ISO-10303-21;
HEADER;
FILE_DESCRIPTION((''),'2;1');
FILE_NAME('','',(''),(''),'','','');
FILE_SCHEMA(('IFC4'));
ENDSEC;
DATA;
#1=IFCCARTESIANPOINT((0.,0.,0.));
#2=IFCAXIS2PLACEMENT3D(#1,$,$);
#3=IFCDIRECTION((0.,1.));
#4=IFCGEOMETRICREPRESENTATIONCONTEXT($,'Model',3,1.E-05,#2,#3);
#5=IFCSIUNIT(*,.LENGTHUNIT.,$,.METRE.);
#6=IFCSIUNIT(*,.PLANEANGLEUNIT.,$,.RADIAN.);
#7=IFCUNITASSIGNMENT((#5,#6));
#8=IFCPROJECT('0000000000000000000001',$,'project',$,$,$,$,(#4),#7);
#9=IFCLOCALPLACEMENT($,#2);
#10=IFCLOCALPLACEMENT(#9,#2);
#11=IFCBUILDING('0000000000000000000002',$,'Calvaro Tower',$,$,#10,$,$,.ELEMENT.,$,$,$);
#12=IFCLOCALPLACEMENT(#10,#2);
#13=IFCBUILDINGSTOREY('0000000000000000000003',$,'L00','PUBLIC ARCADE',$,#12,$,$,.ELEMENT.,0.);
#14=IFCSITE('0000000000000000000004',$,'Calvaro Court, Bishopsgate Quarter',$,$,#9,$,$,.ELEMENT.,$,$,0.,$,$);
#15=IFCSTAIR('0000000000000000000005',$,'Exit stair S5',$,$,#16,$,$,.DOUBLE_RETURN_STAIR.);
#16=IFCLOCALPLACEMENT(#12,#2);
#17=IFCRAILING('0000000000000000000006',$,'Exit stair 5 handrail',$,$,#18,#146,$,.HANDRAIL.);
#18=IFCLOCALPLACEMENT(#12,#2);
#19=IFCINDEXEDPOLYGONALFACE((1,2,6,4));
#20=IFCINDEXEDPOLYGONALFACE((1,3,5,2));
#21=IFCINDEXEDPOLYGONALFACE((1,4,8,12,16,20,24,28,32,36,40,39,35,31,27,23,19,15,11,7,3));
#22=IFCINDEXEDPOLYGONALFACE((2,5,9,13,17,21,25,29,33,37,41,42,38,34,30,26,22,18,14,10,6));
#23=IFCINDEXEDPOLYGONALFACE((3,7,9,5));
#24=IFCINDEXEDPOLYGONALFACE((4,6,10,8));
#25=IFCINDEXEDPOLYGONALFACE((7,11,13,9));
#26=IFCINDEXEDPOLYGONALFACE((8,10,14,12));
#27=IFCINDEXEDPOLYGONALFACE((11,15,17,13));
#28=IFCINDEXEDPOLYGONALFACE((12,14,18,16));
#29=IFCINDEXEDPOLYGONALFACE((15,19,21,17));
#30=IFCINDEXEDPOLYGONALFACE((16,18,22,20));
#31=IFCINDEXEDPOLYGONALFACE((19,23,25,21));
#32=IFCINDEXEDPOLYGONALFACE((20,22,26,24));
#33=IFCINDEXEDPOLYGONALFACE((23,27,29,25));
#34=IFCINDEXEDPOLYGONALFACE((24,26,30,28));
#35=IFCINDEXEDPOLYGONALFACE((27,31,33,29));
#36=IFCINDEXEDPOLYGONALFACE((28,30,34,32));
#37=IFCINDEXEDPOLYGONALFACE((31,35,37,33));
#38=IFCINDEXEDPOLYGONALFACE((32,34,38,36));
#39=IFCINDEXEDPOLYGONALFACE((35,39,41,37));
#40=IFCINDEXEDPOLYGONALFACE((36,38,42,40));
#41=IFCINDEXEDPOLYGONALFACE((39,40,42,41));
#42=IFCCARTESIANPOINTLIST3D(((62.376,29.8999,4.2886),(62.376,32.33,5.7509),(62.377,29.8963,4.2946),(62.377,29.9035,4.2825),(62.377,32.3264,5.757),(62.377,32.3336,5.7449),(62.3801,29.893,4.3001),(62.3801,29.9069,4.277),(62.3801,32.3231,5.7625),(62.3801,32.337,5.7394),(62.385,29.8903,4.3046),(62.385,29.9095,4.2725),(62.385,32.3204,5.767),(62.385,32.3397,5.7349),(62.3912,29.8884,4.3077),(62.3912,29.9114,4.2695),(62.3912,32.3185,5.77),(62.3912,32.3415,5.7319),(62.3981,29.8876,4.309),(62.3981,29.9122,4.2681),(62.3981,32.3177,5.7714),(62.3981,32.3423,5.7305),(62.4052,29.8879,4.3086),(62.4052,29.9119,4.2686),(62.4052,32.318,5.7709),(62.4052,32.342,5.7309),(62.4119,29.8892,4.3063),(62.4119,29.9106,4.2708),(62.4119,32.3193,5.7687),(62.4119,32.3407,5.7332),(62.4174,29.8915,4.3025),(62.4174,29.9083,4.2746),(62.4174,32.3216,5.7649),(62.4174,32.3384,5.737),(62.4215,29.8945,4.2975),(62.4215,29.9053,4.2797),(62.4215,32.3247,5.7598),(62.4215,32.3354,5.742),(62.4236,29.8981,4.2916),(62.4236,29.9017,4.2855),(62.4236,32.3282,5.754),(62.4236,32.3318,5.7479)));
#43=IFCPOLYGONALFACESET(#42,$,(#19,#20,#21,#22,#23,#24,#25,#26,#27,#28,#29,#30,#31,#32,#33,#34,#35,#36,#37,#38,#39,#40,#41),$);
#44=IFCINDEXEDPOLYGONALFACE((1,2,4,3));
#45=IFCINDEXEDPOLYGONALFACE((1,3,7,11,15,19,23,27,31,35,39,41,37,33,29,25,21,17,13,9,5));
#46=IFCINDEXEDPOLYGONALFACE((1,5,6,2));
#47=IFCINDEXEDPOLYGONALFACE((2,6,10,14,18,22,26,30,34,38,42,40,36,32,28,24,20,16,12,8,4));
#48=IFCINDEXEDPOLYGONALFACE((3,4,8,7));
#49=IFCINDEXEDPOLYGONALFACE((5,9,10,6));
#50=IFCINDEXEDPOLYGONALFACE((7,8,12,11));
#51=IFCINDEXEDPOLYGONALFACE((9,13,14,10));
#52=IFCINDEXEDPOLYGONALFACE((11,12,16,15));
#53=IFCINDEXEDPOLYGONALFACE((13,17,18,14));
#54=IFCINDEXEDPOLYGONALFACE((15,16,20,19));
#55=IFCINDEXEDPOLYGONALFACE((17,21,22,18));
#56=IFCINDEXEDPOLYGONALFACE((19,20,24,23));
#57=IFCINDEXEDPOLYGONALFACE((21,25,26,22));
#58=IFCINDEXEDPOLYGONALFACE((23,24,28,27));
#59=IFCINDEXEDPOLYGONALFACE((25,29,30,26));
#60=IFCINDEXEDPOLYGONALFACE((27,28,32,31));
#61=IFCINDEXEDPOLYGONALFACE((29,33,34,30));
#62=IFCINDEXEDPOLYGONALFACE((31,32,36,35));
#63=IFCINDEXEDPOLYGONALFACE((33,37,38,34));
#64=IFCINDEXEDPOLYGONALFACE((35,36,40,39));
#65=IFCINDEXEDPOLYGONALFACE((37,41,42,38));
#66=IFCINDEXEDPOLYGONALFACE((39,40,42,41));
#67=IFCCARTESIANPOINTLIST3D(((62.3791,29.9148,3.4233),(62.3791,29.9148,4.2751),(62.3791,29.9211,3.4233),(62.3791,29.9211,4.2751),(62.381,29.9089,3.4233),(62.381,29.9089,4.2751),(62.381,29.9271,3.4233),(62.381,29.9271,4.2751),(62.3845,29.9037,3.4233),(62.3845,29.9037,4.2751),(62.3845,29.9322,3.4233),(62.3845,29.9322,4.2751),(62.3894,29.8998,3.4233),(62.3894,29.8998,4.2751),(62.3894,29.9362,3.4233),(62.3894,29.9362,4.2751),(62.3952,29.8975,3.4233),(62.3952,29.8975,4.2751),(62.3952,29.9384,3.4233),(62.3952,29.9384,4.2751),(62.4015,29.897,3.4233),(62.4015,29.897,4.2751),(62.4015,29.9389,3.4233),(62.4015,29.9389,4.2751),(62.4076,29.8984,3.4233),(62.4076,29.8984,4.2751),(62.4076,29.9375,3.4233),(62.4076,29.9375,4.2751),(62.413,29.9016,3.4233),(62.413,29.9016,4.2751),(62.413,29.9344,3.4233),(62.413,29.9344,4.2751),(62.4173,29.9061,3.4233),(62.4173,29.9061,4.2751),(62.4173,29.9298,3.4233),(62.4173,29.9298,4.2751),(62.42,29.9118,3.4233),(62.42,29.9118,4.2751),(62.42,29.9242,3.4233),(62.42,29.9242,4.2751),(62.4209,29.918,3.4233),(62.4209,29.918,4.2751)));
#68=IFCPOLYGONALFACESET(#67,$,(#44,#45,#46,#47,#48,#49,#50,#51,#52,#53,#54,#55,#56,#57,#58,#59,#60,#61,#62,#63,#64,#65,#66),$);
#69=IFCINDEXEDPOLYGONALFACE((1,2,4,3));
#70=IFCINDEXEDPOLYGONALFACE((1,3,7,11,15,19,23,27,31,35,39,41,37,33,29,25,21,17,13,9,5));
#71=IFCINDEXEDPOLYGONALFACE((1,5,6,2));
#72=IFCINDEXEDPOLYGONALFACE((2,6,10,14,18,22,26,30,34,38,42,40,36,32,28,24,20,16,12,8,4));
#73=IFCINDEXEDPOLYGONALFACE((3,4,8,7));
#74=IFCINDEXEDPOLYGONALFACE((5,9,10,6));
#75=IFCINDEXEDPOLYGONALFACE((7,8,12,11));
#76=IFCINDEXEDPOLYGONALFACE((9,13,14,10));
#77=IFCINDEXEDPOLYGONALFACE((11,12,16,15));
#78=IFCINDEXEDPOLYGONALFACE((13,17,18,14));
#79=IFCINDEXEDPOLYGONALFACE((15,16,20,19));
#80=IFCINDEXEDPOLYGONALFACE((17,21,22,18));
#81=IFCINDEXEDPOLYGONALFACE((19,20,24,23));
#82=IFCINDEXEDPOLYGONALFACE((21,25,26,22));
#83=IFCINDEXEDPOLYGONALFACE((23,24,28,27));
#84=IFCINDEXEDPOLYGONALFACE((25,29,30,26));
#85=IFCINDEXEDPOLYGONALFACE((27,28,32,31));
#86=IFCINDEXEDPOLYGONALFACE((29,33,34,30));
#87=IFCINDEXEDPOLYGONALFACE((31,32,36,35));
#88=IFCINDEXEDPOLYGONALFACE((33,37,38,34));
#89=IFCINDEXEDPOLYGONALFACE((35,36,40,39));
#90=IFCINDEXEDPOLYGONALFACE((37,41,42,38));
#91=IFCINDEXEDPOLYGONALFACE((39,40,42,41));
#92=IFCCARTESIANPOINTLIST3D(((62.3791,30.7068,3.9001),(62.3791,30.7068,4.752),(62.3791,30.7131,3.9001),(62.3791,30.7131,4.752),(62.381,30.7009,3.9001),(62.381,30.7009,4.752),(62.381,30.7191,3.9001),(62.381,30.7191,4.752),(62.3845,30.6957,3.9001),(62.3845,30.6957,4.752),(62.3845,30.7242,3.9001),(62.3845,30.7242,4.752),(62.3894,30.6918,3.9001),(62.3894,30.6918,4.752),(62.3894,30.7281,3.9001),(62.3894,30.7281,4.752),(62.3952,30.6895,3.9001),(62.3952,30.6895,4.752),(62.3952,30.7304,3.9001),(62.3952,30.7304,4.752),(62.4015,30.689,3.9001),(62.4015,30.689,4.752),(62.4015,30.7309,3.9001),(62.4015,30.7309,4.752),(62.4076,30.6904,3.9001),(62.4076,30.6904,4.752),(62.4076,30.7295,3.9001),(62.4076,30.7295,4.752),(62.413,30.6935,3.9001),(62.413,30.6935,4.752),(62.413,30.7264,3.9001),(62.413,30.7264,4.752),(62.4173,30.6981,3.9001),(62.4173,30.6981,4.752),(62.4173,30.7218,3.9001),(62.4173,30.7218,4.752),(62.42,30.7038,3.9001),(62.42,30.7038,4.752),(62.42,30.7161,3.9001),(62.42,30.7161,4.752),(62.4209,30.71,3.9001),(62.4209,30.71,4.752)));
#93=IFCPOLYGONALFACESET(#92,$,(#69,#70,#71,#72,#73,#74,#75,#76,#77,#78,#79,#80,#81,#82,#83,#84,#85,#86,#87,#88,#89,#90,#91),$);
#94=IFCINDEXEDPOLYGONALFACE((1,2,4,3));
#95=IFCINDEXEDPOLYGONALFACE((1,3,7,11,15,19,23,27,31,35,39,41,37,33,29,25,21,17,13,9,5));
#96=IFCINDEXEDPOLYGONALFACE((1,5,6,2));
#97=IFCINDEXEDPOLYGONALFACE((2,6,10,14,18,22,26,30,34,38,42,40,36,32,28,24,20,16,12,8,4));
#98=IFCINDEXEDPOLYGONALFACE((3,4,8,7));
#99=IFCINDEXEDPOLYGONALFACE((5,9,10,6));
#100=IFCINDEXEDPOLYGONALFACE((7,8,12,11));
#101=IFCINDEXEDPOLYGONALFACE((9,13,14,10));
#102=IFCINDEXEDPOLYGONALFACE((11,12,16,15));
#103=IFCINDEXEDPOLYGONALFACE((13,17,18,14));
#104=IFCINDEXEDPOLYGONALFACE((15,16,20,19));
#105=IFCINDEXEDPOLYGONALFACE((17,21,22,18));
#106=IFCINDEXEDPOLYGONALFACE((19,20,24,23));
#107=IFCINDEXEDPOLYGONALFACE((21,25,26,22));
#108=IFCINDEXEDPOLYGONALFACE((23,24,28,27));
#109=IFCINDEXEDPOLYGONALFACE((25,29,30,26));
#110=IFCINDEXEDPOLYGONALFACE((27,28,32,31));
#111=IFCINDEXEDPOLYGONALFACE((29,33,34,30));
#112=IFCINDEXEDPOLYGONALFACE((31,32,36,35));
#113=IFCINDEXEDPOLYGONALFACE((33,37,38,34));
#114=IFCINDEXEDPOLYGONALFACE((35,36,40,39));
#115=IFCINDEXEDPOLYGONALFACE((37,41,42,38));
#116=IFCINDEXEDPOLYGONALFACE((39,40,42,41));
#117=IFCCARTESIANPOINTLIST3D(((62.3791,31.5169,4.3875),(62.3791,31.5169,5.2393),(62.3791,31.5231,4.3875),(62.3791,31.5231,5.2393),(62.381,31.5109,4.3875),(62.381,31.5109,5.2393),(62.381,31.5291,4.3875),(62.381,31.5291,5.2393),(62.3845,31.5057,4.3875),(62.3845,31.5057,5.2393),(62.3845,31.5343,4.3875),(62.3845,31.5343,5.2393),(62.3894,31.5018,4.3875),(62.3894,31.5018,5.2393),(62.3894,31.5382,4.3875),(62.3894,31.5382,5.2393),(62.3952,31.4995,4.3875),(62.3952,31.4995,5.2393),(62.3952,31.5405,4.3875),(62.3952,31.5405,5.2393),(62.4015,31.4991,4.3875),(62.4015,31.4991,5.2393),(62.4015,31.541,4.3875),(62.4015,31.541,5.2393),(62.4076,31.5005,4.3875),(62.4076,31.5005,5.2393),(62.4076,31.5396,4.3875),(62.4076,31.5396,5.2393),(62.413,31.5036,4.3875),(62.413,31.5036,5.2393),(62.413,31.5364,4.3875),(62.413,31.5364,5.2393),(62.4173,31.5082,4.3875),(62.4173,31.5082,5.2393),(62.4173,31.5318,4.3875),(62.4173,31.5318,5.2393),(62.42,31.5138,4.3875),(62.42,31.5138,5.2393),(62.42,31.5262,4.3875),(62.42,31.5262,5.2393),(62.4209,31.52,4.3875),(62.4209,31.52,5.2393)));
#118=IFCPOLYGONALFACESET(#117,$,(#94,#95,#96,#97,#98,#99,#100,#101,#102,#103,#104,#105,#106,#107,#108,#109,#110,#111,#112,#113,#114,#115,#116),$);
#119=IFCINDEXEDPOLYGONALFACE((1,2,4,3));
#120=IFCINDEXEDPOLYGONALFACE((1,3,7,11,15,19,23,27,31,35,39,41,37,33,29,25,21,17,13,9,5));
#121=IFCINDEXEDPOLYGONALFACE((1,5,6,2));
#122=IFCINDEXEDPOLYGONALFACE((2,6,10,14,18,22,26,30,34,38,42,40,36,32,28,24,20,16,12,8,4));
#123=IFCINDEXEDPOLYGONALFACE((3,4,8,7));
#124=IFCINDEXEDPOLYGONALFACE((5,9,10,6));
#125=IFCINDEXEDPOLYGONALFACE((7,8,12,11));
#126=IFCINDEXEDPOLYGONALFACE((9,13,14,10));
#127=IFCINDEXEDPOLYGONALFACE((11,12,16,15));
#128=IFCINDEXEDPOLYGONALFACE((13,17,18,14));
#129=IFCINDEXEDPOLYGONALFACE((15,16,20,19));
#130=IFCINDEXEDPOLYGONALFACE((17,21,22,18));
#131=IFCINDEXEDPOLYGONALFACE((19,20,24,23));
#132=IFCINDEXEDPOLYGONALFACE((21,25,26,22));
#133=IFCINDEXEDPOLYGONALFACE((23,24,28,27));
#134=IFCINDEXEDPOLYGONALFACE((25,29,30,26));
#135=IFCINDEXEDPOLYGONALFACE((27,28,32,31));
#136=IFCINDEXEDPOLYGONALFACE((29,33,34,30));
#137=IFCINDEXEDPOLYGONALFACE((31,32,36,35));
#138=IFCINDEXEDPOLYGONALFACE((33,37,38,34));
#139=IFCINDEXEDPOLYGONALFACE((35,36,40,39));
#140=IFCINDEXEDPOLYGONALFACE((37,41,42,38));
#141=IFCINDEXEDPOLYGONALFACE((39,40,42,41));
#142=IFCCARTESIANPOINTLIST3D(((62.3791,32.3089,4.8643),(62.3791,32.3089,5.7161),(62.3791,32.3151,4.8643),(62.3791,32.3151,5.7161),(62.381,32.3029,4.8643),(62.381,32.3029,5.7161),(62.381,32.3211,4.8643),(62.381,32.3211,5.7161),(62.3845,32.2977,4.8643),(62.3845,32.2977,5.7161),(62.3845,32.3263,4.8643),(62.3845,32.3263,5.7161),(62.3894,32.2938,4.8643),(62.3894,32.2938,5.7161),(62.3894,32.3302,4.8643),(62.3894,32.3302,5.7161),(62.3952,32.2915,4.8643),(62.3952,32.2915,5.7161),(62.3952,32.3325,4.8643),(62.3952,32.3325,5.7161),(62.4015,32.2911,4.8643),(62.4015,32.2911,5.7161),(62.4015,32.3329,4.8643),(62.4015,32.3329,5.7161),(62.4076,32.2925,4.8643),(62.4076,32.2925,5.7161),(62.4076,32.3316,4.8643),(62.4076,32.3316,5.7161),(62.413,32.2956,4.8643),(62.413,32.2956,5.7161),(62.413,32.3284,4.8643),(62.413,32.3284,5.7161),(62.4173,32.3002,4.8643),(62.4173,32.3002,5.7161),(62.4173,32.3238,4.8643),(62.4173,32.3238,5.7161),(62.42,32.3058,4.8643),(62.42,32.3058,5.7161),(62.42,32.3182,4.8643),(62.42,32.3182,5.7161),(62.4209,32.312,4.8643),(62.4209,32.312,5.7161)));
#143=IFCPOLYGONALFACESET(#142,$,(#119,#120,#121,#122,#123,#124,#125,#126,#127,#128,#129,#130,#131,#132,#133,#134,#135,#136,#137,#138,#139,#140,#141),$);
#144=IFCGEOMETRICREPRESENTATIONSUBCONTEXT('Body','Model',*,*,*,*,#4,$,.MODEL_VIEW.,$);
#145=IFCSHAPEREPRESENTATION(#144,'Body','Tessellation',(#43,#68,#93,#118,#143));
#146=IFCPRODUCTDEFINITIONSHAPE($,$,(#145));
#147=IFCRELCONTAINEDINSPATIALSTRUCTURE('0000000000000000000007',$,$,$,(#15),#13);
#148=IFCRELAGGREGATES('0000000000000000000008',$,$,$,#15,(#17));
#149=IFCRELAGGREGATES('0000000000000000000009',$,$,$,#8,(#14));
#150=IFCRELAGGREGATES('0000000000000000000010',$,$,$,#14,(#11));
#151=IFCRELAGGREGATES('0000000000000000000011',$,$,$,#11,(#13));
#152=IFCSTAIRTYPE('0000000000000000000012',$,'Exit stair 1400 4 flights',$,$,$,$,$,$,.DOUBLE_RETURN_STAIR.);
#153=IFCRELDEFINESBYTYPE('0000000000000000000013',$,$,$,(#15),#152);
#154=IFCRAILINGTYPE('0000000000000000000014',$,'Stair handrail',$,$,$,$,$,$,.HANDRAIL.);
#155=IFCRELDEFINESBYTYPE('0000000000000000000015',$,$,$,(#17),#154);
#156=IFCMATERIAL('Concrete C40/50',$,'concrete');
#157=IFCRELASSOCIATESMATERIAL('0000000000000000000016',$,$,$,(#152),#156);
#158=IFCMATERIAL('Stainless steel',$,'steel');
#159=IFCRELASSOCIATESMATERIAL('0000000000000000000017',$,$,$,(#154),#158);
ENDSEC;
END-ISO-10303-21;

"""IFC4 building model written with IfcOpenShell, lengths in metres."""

from ifc_helpers import new_model, si_unit, direction, frame, origin, origin_2d, place, context, subcontext, project, spatial, circle, extrude, material, type_object, element, aggregate, save


model = new_model("IFC4")

# Units and contexts
model_context = context("Model", 3, precision=1e-05, world=origin(), true_north=direction((0.0, 1.0)))
body_context = subcontext(model_context, "Body", "Model", "MODEL_VIEW")
ifc_project = project(units=[si_unit("LENGTHUNIT", "METRE"), si_unit("PLANEANGLEUNIT", "RADIAN")], contexts=[model_context])

# Site, building, storey
site_placement = place(None, origin())
site = spatial("IfcSite", under=ifc_project, at=site_placement, Name="Calvaro Court, Bishopsgate Quarter", CompositionType="ELEMENT", RefElevation=0.0)
building_placement = place(site_placement, origin())
building = spatial("IfcBuilding", under=site, at=building_placement, Name="Calvaro Tower", CompositionType="ELEMENT")
storey_placement = place(building_placement, origin())
storey = spatial("IfcBuildingStorey", under=building, at=storey_placement, Name="L00", Description="PUBLIC ARCADE", CompositionType="ELEMENT", Elevation=0.0)

# Stair, railing
ifc_material_1 = material(Name="Concrete C40/50", Category="concrete")
stair_type = type_object("IfcStairType", Name="Exit stair 1400 4 flights", PredefinedType="DOUBLE_RETURN_STAIR", material=ifc_material_1)
stair_placement = place(storey_placement, origin())
stair = element("IfcStair", 1, at=stair_placement, inside=storey, type_object=stair_type, Name="Exit stair S5", PredefinedType="DOUBLE_RETURN_STAIR")
ifc_material_2 = material(Name="Stainless steel", Category="steel")
railing_type = type_object("IfcRailingType", Name="Stair handrail", PredefinedType="HANDRAIL", material=ifc_material_2)
railing_1_placement = place(storey_placement, frame((62.3999, 29.8999, 3.4126)))
railing_1 = element("IfcRailing", 2, at=railing_1_placement, type_object=railing_type, Name="Exit stair 5 handrail", PredefinedType="HANDRAIL", context=body_context, shape_type="SweptSolid", body=[
    extrude(circle(Radius=0.0239, at=origin_2d()), frame((0.0, 0.0, 0.876), z_axis=(0.0, 0.856824, 0.515609), x_axis=(-1.0, 0.0, 0.0)), (0.0, 0.0, 1.0), 2.8362),
    extrude(circle(Radius=0.021, at=origin_2d()), frame((0.0, 0.0181, 0.0107)), (0.0, 0.0, 1.0), 0.8518),
    extrude(circle(Radius=0.021, at=origin_2d()), frame((0.0, 0.8101, 0.4875)), (0.0, 0.0, 1.0), 0.8518),
    extrude(circle(Radius=0.021, at=origin_2d()), frame((0.0, 1.6201, 0.9749)), (0.0, 0.0, 1.0), 0.8518),
    extrude(circle(Radius=0.021, at=origin_2d()), frame((0.0, 2.4121, 1.4517)), (0.0, 0.0, 1.0), 0.8518),
])
aggregate(stair, [railing_1])

save(model, "model.ifc")
